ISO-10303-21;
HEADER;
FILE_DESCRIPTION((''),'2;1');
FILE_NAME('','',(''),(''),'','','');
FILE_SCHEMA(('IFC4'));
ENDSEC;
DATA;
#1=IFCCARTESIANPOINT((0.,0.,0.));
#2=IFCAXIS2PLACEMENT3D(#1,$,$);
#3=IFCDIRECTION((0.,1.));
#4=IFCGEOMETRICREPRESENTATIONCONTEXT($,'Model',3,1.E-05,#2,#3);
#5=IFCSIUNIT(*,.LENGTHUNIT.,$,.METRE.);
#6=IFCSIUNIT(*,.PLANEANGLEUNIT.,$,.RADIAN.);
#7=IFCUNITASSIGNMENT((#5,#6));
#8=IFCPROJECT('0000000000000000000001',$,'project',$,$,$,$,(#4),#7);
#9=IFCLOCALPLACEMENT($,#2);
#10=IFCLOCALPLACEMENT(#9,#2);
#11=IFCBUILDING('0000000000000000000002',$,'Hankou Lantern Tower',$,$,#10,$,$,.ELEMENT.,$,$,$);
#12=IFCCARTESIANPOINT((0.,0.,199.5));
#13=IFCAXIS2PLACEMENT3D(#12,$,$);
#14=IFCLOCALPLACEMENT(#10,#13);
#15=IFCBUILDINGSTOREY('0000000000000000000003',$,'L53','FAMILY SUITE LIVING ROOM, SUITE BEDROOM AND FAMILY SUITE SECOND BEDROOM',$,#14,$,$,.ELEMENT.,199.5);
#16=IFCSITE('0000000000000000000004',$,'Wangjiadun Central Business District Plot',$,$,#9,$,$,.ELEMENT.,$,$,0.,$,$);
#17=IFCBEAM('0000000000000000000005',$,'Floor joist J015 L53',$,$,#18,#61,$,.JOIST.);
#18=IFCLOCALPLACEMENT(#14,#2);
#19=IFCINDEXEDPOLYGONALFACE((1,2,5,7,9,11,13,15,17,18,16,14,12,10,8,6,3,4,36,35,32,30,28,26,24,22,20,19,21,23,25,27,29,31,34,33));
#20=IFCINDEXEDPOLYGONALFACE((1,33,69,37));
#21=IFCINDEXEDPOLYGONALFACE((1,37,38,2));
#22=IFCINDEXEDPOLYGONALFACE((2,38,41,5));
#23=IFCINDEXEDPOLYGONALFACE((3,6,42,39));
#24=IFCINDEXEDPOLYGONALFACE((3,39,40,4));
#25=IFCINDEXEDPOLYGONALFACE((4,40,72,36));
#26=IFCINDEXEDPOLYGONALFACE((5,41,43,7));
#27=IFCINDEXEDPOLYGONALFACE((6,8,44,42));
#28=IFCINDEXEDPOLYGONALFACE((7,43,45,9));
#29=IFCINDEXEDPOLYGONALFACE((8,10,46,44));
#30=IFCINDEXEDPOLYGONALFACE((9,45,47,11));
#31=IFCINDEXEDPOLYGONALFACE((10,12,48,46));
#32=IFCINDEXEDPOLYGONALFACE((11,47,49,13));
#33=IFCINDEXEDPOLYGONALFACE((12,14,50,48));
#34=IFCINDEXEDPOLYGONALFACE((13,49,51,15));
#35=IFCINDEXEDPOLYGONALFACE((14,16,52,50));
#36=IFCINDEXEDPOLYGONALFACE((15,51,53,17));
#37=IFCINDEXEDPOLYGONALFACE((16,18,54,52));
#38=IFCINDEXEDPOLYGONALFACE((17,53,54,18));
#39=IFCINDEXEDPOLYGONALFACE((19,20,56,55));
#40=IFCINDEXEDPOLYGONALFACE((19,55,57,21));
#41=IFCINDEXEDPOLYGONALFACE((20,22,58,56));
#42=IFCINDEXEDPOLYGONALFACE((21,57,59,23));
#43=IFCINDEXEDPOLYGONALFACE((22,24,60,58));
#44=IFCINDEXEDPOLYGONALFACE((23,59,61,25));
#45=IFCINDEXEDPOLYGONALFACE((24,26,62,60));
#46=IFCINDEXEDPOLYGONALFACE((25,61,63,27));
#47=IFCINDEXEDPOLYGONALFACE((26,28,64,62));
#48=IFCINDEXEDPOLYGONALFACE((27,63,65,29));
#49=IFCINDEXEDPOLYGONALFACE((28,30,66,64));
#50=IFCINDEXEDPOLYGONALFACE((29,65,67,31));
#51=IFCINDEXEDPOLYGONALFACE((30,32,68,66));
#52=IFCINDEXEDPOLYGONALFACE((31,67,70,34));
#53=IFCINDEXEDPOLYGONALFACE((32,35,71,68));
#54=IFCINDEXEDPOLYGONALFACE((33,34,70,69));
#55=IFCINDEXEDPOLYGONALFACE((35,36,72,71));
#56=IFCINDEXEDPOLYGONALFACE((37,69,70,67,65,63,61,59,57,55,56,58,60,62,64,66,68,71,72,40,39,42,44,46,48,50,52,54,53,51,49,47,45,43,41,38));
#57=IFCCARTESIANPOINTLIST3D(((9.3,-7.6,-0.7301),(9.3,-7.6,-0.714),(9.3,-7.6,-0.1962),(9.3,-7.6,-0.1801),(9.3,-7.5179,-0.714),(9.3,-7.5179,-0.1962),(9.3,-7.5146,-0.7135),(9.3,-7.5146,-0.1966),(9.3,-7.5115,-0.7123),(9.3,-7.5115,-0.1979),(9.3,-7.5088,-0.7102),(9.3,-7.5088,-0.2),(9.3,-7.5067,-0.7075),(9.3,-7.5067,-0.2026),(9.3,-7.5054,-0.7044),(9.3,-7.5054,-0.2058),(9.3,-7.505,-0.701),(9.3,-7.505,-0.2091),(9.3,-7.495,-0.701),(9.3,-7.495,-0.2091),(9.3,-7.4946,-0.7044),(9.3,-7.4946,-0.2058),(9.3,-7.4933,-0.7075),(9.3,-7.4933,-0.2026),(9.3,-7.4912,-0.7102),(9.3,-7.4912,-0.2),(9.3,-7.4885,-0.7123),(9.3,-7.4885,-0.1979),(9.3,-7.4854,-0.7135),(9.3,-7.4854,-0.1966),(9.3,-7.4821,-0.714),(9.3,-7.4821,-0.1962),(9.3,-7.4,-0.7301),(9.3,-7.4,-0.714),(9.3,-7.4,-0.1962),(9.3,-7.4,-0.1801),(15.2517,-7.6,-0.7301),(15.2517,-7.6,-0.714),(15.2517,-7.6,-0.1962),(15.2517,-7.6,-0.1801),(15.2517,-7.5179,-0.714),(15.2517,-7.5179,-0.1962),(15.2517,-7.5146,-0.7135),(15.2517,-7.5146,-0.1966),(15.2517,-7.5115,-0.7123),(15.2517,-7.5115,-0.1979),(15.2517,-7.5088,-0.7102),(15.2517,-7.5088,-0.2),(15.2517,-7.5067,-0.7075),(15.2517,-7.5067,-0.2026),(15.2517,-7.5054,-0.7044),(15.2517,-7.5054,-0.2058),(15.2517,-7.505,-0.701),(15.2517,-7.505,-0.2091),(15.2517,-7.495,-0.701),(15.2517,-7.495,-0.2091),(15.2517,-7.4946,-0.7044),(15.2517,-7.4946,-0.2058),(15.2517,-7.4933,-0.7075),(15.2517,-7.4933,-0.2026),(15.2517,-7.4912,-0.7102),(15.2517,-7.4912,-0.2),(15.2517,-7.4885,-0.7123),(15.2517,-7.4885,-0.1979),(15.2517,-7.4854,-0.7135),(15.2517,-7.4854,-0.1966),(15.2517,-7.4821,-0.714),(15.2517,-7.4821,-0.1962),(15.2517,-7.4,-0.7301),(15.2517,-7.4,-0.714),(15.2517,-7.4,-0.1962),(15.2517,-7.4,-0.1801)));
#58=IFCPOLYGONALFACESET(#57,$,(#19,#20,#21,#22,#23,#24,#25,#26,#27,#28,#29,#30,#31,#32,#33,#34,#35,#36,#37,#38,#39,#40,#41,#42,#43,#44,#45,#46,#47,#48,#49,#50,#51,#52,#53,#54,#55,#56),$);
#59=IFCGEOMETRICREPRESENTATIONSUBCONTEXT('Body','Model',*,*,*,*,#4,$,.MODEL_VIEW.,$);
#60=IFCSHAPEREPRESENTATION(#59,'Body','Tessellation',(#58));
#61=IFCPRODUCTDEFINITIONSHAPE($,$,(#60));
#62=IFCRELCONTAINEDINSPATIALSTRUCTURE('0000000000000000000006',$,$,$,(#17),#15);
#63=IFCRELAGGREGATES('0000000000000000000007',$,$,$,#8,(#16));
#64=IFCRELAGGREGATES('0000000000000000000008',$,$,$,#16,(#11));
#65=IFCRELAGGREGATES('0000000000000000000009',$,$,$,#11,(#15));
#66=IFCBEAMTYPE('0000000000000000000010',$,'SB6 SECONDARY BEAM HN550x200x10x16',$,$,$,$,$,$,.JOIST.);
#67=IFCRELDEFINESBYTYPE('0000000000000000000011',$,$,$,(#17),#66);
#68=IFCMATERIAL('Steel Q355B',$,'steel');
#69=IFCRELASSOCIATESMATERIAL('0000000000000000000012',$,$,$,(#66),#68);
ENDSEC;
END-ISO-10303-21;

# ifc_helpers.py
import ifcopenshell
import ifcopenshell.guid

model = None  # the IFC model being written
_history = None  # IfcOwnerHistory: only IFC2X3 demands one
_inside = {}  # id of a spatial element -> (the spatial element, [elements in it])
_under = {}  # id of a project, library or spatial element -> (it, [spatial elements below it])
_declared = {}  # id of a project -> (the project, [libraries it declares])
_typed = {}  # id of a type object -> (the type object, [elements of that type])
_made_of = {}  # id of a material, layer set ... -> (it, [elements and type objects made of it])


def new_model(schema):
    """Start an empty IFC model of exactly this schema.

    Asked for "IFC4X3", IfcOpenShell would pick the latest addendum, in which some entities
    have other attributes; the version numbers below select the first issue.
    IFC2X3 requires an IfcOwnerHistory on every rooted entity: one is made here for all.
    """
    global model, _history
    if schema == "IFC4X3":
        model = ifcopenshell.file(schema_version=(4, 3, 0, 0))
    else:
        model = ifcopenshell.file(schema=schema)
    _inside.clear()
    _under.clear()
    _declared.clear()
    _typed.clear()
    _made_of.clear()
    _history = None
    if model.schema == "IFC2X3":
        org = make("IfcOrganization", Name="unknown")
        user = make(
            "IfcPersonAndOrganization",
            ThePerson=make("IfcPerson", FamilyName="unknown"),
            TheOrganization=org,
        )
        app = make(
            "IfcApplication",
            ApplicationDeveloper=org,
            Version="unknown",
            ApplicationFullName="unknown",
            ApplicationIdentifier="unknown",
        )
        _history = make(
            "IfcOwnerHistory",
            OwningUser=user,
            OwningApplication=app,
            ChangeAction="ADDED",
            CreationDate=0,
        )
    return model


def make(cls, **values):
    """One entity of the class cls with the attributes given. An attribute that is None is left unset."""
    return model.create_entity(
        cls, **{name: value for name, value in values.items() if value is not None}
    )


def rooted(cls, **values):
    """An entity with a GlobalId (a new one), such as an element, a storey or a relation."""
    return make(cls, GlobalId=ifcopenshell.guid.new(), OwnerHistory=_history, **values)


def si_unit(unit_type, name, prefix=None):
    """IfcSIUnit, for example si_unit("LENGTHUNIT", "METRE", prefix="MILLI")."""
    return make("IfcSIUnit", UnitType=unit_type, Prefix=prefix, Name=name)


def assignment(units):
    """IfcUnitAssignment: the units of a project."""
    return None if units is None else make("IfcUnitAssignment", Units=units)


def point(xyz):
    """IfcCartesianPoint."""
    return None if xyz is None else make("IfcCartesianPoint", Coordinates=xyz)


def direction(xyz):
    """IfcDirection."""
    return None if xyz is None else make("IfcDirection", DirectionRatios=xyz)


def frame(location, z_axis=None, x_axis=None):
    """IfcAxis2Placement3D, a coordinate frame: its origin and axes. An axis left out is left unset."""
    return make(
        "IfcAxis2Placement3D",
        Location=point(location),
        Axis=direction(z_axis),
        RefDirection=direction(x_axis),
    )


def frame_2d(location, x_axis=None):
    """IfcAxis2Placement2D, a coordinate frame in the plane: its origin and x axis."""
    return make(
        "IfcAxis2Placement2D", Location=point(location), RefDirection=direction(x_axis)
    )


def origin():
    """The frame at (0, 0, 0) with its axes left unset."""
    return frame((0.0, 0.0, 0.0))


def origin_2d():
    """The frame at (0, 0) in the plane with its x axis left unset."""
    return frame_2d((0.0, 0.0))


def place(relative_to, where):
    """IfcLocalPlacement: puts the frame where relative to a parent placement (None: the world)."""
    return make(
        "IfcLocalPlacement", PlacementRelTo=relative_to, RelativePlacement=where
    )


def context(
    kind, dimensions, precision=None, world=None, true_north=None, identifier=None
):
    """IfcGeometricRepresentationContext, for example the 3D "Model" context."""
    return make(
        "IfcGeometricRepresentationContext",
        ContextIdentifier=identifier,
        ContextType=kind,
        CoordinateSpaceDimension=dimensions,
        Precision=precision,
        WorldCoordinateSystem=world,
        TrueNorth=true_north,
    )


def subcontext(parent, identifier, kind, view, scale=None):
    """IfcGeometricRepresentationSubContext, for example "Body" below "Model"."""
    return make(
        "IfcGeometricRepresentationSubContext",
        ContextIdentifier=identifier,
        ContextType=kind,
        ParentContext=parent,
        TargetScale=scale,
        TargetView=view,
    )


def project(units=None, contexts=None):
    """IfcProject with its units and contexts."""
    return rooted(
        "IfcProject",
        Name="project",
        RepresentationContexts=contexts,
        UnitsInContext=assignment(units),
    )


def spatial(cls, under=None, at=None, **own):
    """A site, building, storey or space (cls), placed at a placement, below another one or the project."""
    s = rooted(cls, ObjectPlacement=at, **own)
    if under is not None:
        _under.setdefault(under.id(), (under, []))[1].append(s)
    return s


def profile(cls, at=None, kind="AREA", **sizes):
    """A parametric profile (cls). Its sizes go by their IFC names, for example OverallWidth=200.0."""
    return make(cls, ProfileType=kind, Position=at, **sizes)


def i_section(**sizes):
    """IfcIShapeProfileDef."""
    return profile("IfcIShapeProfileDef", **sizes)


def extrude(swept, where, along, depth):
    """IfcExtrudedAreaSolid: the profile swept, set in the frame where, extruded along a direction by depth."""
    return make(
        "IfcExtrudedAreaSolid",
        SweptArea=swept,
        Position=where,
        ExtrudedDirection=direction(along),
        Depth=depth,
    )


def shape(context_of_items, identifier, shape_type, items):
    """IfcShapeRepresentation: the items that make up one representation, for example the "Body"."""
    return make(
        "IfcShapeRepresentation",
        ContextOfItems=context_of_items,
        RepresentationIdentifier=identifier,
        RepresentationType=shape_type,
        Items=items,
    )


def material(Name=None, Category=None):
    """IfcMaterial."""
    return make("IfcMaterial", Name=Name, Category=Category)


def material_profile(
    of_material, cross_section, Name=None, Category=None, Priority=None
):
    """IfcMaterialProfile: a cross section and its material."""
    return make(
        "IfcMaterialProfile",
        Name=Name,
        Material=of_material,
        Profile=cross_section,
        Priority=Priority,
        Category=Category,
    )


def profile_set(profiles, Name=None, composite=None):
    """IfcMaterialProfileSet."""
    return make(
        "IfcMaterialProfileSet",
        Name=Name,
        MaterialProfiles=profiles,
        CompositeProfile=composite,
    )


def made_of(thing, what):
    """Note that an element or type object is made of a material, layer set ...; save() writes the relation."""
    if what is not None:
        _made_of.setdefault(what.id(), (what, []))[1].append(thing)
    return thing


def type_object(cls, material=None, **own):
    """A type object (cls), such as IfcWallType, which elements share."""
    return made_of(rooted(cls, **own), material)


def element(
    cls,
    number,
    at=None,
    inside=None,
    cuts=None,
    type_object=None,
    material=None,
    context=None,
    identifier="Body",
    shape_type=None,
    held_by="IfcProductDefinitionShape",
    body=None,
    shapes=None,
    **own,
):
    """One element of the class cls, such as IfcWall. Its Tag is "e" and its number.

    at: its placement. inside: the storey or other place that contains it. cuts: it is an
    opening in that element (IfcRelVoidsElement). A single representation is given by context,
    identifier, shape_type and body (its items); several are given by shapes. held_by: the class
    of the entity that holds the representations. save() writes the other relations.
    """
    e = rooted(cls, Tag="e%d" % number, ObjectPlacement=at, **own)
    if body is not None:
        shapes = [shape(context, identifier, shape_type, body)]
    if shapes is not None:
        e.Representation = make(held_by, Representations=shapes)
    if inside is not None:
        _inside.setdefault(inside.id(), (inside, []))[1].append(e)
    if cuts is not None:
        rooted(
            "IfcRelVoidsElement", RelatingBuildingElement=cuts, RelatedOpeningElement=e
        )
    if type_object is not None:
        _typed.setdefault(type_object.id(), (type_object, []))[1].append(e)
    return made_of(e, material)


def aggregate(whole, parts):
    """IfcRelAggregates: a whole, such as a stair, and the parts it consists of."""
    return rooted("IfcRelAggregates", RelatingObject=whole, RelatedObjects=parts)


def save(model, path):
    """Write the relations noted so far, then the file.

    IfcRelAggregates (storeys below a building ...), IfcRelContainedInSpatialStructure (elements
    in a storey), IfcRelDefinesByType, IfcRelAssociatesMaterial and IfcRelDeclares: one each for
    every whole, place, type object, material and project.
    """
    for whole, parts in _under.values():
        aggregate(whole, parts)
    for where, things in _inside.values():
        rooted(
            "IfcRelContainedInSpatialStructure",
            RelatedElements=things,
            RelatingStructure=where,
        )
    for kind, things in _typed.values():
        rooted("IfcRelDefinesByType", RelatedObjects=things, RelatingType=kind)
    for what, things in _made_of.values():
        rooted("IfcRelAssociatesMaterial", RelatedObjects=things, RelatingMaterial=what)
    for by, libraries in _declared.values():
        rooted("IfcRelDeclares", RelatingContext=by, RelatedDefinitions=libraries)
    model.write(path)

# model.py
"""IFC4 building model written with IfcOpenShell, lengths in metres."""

from ifc_helpers import new_model, si_unit, direction, frame, origin, origin_2d, place, context, subcontext, project, spatial, i_section, extrude, material, material_profile, profile_set, type_object, element, save


model = new_model("IFC4")

# Units and contexts
model_context = context("Model", 3, precision=1e-05, world=origin(), true_north=direction((0.0, 1.0)))
body_context = subcontext(model_context, "Body", "Model", "MODEL_VIEW")
ifc_project = project(units=[si_unit("LENGTHUNIT", "METRE"), si_unit("PLANEANGLEUNIT", "RADIAN")], contexts=[model_context])

# Site, building, storey
site_placement = place(None, origin())
site = spatial("IfcSite", under=ifc_project, at=site_placement, Name="Wangjiadun Central Business District Plot", CompositionType="ELEMENT", RefElevation=0.0)
building_placement = place(site_placement, origin())
building = spatial("IfcBuilding", under=site, at=building_placement, Name="Hankou Lantern Tower", CompositionType="ELEMENT")
storey_placement = place(building_placement, frame((0.0, 0.0, 199.5)))
storey = spatial("IfcBuildingStorey", under=building, at=storey_placement, Name="L53", Description="FAMILY SUITE LIVING ROOM, SUITE BEDROOM AND FAMILY SUITE SECOND BEDROOM", CompositionType="ELEMENT", Elevation=199.5)

# Beam
ifc_material_1 = material(Name="Steel Q355B", Category="steel")
ifc_material_profile_1 = material_profile(ifc_material_1, i_section(OverallWidth=0.2, OverallDepth=0.55, WebThickness=0.01, FlangeThickness=0.0161, FilletRadius=0.0129, at=origin_2d()), Name="HN550x200x10x16")
ifc_profile_set_1 = profile_set([ifc_material_profile_1], Name="Steel Q355B")
beam_type_1 = type_object("IfcBeamType", Name="SB6 SECONDARY BEAM HN550x200x10x16", PredefinedType="JOIST", material=ifc_profile_set_1)
beam_1_placement = place(storey_placement, frame((9.3, -7.5, -0.4551), z_axis=(1.0, 0.0, 0.0), x_axis=(0.0, 1.0, 0.0)))
element("IfcBeam", 1, at=beam_1_placement, inside=storey, type_object=beam_type_1, Name="Floor joist J015 L53", PredefinedType="JOIST", context=body_context, shape_type="SweptSolid", body=[
    extrude(i_section(OverallWidth=0.2, OverallDepth=0.55, WebThickness=0.01, FlangeThickness=0.0161, FilletRadius=0.0129, at=origin_2d()), origin(), (0.0, 0.0, 1.0), 5.9517),
])

save(model, "model.ifc")
